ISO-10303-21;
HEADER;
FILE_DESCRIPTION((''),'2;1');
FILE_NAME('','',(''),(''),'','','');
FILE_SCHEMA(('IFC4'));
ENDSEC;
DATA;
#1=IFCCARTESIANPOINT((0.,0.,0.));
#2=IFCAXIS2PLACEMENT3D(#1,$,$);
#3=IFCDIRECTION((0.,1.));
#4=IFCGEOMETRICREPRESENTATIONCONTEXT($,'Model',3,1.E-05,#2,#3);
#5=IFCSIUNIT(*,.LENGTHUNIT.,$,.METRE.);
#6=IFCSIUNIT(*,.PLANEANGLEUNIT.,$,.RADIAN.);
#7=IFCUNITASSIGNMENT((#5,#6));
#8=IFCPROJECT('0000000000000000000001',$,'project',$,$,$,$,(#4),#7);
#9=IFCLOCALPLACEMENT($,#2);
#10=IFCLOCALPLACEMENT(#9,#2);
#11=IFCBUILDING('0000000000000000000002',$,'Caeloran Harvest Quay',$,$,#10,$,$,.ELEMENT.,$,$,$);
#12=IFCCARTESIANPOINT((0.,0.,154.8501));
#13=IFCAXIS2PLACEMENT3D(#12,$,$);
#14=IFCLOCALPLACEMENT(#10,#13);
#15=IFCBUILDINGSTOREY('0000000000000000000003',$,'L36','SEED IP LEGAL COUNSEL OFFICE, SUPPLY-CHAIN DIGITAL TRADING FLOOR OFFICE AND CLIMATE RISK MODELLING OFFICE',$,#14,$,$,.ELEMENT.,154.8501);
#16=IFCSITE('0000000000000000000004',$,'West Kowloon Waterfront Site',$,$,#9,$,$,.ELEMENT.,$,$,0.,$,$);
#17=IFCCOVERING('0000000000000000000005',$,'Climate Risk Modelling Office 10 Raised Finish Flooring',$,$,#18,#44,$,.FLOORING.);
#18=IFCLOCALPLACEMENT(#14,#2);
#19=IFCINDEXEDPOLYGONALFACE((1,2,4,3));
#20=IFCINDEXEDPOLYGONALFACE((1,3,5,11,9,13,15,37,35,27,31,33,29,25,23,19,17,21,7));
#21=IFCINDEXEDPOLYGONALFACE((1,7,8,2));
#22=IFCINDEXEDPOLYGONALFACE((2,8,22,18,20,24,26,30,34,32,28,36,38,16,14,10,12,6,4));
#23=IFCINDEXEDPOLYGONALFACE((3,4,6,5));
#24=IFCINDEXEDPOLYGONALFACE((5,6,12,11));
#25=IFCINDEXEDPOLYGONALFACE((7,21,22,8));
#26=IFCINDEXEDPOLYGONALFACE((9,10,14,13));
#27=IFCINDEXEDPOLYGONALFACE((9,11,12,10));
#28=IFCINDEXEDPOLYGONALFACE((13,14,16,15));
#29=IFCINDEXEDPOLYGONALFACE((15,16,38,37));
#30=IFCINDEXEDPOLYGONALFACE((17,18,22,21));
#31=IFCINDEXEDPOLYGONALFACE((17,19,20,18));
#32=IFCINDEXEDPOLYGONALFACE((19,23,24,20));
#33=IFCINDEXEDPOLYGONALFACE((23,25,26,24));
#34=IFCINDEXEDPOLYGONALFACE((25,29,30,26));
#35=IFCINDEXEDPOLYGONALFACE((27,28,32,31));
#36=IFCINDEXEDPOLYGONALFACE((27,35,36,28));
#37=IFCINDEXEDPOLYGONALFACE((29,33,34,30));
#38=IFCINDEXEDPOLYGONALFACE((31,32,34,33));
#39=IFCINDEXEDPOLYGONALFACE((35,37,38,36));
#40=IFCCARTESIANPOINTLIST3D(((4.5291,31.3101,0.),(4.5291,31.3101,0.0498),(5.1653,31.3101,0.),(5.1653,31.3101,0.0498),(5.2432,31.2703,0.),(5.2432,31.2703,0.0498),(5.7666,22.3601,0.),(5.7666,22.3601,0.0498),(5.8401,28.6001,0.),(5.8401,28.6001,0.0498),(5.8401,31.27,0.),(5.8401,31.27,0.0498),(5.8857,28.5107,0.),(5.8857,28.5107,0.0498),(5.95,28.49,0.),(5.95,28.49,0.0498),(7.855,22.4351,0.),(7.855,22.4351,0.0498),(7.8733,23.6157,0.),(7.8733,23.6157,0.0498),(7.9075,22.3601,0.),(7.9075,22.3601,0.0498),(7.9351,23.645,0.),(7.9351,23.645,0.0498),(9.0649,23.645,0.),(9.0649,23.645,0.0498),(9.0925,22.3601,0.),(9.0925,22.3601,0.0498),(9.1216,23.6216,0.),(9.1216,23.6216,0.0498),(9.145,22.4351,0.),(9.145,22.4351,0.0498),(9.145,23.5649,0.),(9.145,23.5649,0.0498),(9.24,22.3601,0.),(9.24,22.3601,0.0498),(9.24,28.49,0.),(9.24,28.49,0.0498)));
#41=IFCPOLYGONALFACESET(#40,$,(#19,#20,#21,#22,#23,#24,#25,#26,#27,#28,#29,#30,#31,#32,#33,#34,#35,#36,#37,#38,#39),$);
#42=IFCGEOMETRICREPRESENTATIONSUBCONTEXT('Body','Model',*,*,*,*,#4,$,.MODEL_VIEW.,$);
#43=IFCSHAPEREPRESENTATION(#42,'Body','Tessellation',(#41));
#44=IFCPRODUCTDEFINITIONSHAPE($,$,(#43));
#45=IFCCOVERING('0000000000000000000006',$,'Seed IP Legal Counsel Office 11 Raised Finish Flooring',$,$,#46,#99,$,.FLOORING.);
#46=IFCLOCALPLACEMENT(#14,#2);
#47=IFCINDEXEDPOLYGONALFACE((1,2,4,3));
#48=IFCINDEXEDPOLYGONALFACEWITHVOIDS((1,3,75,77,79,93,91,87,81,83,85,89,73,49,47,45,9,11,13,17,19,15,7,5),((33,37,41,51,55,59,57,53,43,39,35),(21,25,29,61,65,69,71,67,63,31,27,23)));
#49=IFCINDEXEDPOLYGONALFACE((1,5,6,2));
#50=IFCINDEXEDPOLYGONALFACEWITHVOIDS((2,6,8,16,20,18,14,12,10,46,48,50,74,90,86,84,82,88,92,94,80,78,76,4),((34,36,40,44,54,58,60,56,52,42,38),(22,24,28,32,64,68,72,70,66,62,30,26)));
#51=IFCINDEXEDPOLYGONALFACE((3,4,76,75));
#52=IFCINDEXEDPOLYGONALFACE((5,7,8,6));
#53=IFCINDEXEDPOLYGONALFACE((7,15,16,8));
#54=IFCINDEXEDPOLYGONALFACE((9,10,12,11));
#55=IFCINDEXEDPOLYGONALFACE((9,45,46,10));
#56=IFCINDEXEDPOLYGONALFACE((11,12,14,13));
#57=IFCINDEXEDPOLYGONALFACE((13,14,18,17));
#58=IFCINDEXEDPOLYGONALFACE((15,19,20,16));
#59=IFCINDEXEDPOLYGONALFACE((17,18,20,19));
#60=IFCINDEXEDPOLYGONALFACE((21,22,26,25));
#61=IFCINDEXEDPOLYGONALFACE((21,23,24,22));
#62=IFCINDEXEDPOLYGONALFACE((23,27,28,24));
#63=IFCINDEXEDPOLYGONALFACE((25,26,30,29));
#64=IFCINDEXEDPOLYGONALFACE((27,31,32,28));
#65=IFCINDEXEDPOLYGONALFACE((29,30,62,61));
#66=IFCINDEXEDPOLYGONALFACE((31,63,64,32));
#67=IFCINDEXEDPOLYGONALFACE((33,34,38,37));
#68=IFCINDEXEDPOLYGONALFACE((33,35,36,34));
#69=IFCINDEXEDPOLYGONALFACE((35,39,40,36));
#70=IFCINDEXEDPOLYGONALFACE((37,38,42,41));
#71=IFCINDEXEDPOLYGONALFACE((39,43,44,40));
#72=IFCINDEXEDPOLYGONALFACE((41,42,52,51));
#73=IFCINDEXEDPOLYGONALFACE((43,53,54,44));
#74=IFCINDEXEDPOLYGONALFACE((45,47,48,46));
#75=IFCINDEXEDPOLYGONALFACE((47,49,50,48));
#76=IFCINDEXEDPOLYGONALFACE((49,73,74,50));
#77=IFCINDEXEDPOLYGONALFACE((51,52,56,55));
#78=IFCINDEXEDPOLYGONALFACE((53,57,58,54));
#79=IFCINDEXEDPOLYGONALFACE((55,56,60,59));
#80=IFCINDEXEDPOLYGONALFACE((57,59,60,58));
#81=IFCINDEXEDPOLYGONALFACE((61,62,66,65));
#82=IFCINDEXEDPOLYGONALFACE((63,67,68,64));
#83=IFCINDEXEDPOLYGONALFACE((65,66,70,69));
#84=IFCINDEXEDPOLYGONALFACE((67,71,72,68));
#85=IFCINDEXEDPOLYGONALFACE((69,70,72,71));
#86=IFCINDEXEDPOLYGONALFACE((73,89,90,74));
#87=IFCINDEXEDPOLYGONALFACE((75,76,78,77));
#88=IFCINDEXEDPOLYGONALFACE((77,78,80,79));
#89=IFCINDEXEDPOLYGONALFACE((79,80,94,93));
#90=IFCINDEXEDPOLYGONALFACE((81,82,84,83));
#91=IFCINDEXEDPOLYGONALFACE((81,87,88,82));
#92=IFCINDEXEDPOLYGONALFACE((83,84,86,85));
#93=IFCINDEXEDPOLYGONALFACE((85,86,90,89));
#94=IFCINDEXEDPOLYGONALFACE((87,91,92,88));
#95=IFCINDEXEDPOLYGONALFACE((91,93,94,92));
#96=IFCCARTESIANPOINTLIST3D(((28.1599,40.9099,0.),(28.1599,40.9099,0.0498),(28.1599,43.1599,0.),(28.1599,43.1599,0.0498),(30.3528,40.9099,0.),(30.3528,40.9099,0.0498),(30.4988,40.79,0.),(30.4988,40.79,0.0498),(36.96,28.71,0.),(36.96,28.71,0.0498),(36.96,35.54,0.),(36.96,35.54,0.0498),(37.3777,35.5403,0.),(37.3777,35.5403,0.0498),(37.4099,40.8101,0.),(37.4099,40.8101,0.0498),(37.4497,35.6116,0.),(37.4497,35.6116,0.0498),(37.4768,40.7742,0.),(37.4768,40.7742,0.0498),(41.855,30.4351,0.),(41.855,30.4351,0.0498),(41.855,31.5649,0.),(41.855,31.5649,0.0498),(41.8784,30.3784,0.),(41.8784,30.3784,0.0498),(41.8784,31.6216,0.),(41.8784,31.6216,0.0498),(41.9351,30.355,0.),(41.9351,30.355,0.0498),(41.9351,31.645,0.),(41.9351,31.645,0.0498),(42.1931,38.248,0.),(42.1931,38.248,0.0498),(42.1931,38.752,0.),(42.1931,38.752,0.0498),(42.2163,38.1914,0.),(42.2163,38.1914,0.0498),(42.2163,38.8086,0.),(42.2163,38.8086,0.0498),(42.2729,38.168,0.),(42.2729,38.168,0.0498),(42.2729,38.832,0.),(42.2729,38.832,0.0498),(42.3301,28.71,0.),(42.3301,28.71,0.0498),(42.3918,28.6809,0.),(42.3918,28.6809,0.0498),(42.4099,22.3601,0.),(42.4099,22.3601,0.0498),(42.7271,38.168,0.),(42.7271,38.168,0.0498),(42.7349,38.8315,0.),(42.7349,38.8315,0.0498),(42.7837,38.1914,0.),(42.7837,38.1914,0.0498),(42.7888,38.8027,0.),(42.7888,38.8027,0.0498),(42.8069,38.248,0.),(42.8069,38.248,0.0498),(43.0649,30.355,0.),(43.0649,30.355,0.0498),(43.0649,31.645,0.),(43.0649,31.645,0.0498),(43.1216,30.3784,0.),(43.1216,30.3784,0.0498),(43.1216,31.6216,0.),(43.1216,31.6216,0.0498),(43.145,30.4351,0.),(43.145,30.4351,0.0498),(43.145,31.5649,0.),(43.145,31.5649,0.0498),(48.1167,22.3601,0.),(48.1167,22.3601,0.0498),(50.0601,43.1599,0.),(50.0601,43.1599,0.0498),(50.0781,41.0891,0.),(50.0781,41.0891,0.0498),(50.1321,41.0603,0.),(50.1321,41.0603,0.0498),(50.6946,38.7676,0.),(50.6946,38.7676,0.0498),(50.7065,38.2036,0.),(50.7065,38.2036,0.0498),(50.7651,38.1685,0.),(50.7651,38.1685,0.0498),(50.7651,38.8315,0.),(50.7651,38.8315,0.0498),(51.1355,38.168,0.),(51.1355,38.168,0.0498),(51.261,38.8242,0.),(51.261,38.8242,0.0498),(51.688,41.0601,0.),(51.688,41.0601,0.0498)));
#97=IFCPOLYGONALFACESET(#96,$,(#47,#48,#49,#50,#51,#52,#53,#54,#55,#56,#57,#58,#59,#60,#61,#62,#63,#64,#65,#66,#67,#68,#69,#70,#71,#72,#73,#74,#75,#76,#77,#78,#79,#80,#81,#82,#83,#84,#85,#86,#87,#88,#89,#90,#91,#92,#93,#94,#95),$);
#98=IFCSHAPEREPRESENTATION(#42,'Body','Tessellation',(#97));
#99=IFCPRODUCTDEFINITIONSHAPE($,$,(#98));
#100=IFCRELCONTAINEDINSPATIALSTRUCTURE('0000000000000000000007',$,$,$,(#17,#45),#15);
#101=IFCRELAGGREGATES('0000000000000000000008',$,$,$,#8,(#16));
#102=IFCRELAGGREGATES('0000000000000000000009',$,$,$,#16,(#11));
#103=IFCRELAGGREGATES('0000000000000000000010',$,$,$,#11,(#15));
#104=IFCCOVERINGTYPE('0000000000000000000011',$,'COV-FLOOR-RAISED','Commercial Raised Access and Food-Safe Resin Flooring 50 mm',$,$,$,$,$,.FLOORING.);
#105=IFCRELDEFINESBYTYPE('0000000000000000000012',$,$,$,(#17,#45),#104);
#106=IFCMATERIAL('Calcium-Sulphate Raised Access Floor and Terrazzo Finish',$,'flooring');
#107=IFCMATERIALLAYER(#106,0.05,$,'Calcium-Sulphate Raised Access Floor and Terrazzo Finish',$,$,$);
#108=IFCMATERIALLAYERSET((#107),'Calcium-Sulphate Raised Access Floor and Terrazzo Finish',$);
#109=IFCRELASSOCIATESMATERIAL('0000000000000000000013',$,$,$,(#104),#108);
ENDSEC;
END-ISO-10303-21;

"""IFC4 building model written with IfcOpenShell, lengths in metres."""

from ifc_helpers import new_model, si_unit, direction, frame, origin, place, context, subcontext, project, spatial, polyline, outline, extrude, material, layer, layer_set, type_object, element, save


model = new_model("IFC4")

# Units and contexts
model_context = context("Model", 3, precision=1e-05, world=origin(), true_north=direction((0.0, 1.0)))
body_context = subcontext(model_context, "Body", "Model", "MODEL_VIEW")
ifc_project = project(units=[si_unit("LENGTHUNIT", "METRE"), si_unit("PLANEANGLEUNIT", "RADIAN")], contexts=[model_context])

# Site, building, storey
site_placement = place(None, origin())
site = spatial("IfcSite", under=ifc_project, at=site_placement, Name="West Kowloon Waterfront Site", CompositionType="ELEMENT", RefElevation=0.0)
building_placement = place(site_placement, origin())
building = spatial("IfcBuilding", under=site, at=building_placement, Name="Caeloran Harvest Quay", CompositionType="ELEMENT")
storey_placement = place(building_placement, frame((0.0, 0.0, 154.8501)))
storey = spatial("IfcBuildingStorey", under=building, at=storey_placement, Name="L36", Description="SEED IP LEGAL COUNSEL OFFICE, SUPPLY-CHAIN DIGITAL TRADING FLOOR OFFICE AND CLIMATE RISK MODELLING OFFICE", CompositionType="ELEMENT", Elevation=154.8501)

# Coverings
ifc_material_1 = material(Name="Calcium-Sulphate Raised Access Floor and Terrazzo Finish", Category="flooring")
ifc_layer_1 = layer(ifc_material_1, 0.05, Name="Calcium-Sulphate Raised Access Floor and Terrazzo Finish")
ifc_layer_set_1 = layer_set([ifc_layer_1], Name="Calcium-Sulphate Raised Access Floor and Terrazzo Finish")
covering_type_1 = type_object("IfcCoveringType", Name="COV-FLOOR-RAISED", Description="Commercial Raised Access and Food-Safe Resin Flooring 50 mm", PredefinedType="FLOORING", material=ifc_layer_set_1)
covering_1_placement = place(storey_placement, origin())
element("IfcCovering", 1, at=covering_1_placement, inside=storey, type_object=covering_type_1, Name="Climate Risk Modelling Office 10 Raised Finish Flooring", PredefinedType="FLOORING", context=body_context, shape_type="SweptSolid", body=[
    extrude(outline(polyline([(5.1653, 31.3101), (5.2432, 31.2703), (5.8401, 31.27), (5.8401, 28.6001), (5.8857, 28.5107), (5.95, 28.49), (9.24, 28.49), (9.24, 22.3601), (9.0925, 22.3601), (9.145, 22.4351), (9.145, 23.5649), (9.1216, 23.6216), (9.0649, 23.645), (7.9351, 23.645), (7.8733, 23.6157), (7.855, 22.4351), (7.9075, 22.3601), (5.7666, 22.3601), (4.5291, 31.3101), (5.1653, 31.3101)])), origin(), (0.0, 0.0, 1.0), 0.0498),
])
covering_2_placement = place(storey_placement, origin())
element("IfcCovering", 2, at=covering_2_placement, inside=storey, type_object=covering_type_1, Name="Seed IP Legal Counsel Office 11 Raised Finish Flooring", PredefinedType="FLOORING", context=body_context, shape_type="SweptSolid", body=[
    extrude(outline(polyline([(50.0601, 43.1599), (50.0781, 41.0891), (50.1321, 41.0603), (51.688, 41.0601), (51.261, 38.8242), (50.7651, 38.8315), (50.6946, 38.7676), (50.7065, 38.2036), (50.7651, 38.1685), (51.1355, 38.168), (48.1167, 22.3601), (42.4099, 22.3601), (42.3918, 28.6809), (42.3301, 28.71), (36.96, 28.71), (36.96, 35.54), (37.3777, 35.5403), (37.4497, 35.6116), (37.4768, 40.7742), (37.4099, 40.8101), (30.4988, 40.79), (30.3528, 40.9099), (28.1599, 40.9099), (28.1599, 43.1599), (50.0601, 43.1599)]), holes=[polyline([(41.9351, 31.645), (41.8784, 31.6216), (41.855, 31.5649), (41.855, 30.4351), (41.8784, 30.3784), (41.9351, 30.355), (43.0649, 30.355), (43.1216, 30.3784), (43.145, 30.4351), (43.145, 31.5649), (43.1216, 31.6216), (43.0649, 31.645), (41.9351, 31.645)]), polyline([(42.8069, 38.248), (42.7888, 38.8027), (42.7349, 38.8315), (42.2729, 38.832), (42.2163, 38.8086), (42.1931, 38.752), (42.1931, 38.248), (42.2163, 38.1914), (42.2729, 38.168), (42.7271, 38.168), (42.7837, 38.1914), (42.8069, 38.248)])]), origin(), (0.0, 0.0, 1.0), 0.0498),
])

save(model, "model.ifc")
